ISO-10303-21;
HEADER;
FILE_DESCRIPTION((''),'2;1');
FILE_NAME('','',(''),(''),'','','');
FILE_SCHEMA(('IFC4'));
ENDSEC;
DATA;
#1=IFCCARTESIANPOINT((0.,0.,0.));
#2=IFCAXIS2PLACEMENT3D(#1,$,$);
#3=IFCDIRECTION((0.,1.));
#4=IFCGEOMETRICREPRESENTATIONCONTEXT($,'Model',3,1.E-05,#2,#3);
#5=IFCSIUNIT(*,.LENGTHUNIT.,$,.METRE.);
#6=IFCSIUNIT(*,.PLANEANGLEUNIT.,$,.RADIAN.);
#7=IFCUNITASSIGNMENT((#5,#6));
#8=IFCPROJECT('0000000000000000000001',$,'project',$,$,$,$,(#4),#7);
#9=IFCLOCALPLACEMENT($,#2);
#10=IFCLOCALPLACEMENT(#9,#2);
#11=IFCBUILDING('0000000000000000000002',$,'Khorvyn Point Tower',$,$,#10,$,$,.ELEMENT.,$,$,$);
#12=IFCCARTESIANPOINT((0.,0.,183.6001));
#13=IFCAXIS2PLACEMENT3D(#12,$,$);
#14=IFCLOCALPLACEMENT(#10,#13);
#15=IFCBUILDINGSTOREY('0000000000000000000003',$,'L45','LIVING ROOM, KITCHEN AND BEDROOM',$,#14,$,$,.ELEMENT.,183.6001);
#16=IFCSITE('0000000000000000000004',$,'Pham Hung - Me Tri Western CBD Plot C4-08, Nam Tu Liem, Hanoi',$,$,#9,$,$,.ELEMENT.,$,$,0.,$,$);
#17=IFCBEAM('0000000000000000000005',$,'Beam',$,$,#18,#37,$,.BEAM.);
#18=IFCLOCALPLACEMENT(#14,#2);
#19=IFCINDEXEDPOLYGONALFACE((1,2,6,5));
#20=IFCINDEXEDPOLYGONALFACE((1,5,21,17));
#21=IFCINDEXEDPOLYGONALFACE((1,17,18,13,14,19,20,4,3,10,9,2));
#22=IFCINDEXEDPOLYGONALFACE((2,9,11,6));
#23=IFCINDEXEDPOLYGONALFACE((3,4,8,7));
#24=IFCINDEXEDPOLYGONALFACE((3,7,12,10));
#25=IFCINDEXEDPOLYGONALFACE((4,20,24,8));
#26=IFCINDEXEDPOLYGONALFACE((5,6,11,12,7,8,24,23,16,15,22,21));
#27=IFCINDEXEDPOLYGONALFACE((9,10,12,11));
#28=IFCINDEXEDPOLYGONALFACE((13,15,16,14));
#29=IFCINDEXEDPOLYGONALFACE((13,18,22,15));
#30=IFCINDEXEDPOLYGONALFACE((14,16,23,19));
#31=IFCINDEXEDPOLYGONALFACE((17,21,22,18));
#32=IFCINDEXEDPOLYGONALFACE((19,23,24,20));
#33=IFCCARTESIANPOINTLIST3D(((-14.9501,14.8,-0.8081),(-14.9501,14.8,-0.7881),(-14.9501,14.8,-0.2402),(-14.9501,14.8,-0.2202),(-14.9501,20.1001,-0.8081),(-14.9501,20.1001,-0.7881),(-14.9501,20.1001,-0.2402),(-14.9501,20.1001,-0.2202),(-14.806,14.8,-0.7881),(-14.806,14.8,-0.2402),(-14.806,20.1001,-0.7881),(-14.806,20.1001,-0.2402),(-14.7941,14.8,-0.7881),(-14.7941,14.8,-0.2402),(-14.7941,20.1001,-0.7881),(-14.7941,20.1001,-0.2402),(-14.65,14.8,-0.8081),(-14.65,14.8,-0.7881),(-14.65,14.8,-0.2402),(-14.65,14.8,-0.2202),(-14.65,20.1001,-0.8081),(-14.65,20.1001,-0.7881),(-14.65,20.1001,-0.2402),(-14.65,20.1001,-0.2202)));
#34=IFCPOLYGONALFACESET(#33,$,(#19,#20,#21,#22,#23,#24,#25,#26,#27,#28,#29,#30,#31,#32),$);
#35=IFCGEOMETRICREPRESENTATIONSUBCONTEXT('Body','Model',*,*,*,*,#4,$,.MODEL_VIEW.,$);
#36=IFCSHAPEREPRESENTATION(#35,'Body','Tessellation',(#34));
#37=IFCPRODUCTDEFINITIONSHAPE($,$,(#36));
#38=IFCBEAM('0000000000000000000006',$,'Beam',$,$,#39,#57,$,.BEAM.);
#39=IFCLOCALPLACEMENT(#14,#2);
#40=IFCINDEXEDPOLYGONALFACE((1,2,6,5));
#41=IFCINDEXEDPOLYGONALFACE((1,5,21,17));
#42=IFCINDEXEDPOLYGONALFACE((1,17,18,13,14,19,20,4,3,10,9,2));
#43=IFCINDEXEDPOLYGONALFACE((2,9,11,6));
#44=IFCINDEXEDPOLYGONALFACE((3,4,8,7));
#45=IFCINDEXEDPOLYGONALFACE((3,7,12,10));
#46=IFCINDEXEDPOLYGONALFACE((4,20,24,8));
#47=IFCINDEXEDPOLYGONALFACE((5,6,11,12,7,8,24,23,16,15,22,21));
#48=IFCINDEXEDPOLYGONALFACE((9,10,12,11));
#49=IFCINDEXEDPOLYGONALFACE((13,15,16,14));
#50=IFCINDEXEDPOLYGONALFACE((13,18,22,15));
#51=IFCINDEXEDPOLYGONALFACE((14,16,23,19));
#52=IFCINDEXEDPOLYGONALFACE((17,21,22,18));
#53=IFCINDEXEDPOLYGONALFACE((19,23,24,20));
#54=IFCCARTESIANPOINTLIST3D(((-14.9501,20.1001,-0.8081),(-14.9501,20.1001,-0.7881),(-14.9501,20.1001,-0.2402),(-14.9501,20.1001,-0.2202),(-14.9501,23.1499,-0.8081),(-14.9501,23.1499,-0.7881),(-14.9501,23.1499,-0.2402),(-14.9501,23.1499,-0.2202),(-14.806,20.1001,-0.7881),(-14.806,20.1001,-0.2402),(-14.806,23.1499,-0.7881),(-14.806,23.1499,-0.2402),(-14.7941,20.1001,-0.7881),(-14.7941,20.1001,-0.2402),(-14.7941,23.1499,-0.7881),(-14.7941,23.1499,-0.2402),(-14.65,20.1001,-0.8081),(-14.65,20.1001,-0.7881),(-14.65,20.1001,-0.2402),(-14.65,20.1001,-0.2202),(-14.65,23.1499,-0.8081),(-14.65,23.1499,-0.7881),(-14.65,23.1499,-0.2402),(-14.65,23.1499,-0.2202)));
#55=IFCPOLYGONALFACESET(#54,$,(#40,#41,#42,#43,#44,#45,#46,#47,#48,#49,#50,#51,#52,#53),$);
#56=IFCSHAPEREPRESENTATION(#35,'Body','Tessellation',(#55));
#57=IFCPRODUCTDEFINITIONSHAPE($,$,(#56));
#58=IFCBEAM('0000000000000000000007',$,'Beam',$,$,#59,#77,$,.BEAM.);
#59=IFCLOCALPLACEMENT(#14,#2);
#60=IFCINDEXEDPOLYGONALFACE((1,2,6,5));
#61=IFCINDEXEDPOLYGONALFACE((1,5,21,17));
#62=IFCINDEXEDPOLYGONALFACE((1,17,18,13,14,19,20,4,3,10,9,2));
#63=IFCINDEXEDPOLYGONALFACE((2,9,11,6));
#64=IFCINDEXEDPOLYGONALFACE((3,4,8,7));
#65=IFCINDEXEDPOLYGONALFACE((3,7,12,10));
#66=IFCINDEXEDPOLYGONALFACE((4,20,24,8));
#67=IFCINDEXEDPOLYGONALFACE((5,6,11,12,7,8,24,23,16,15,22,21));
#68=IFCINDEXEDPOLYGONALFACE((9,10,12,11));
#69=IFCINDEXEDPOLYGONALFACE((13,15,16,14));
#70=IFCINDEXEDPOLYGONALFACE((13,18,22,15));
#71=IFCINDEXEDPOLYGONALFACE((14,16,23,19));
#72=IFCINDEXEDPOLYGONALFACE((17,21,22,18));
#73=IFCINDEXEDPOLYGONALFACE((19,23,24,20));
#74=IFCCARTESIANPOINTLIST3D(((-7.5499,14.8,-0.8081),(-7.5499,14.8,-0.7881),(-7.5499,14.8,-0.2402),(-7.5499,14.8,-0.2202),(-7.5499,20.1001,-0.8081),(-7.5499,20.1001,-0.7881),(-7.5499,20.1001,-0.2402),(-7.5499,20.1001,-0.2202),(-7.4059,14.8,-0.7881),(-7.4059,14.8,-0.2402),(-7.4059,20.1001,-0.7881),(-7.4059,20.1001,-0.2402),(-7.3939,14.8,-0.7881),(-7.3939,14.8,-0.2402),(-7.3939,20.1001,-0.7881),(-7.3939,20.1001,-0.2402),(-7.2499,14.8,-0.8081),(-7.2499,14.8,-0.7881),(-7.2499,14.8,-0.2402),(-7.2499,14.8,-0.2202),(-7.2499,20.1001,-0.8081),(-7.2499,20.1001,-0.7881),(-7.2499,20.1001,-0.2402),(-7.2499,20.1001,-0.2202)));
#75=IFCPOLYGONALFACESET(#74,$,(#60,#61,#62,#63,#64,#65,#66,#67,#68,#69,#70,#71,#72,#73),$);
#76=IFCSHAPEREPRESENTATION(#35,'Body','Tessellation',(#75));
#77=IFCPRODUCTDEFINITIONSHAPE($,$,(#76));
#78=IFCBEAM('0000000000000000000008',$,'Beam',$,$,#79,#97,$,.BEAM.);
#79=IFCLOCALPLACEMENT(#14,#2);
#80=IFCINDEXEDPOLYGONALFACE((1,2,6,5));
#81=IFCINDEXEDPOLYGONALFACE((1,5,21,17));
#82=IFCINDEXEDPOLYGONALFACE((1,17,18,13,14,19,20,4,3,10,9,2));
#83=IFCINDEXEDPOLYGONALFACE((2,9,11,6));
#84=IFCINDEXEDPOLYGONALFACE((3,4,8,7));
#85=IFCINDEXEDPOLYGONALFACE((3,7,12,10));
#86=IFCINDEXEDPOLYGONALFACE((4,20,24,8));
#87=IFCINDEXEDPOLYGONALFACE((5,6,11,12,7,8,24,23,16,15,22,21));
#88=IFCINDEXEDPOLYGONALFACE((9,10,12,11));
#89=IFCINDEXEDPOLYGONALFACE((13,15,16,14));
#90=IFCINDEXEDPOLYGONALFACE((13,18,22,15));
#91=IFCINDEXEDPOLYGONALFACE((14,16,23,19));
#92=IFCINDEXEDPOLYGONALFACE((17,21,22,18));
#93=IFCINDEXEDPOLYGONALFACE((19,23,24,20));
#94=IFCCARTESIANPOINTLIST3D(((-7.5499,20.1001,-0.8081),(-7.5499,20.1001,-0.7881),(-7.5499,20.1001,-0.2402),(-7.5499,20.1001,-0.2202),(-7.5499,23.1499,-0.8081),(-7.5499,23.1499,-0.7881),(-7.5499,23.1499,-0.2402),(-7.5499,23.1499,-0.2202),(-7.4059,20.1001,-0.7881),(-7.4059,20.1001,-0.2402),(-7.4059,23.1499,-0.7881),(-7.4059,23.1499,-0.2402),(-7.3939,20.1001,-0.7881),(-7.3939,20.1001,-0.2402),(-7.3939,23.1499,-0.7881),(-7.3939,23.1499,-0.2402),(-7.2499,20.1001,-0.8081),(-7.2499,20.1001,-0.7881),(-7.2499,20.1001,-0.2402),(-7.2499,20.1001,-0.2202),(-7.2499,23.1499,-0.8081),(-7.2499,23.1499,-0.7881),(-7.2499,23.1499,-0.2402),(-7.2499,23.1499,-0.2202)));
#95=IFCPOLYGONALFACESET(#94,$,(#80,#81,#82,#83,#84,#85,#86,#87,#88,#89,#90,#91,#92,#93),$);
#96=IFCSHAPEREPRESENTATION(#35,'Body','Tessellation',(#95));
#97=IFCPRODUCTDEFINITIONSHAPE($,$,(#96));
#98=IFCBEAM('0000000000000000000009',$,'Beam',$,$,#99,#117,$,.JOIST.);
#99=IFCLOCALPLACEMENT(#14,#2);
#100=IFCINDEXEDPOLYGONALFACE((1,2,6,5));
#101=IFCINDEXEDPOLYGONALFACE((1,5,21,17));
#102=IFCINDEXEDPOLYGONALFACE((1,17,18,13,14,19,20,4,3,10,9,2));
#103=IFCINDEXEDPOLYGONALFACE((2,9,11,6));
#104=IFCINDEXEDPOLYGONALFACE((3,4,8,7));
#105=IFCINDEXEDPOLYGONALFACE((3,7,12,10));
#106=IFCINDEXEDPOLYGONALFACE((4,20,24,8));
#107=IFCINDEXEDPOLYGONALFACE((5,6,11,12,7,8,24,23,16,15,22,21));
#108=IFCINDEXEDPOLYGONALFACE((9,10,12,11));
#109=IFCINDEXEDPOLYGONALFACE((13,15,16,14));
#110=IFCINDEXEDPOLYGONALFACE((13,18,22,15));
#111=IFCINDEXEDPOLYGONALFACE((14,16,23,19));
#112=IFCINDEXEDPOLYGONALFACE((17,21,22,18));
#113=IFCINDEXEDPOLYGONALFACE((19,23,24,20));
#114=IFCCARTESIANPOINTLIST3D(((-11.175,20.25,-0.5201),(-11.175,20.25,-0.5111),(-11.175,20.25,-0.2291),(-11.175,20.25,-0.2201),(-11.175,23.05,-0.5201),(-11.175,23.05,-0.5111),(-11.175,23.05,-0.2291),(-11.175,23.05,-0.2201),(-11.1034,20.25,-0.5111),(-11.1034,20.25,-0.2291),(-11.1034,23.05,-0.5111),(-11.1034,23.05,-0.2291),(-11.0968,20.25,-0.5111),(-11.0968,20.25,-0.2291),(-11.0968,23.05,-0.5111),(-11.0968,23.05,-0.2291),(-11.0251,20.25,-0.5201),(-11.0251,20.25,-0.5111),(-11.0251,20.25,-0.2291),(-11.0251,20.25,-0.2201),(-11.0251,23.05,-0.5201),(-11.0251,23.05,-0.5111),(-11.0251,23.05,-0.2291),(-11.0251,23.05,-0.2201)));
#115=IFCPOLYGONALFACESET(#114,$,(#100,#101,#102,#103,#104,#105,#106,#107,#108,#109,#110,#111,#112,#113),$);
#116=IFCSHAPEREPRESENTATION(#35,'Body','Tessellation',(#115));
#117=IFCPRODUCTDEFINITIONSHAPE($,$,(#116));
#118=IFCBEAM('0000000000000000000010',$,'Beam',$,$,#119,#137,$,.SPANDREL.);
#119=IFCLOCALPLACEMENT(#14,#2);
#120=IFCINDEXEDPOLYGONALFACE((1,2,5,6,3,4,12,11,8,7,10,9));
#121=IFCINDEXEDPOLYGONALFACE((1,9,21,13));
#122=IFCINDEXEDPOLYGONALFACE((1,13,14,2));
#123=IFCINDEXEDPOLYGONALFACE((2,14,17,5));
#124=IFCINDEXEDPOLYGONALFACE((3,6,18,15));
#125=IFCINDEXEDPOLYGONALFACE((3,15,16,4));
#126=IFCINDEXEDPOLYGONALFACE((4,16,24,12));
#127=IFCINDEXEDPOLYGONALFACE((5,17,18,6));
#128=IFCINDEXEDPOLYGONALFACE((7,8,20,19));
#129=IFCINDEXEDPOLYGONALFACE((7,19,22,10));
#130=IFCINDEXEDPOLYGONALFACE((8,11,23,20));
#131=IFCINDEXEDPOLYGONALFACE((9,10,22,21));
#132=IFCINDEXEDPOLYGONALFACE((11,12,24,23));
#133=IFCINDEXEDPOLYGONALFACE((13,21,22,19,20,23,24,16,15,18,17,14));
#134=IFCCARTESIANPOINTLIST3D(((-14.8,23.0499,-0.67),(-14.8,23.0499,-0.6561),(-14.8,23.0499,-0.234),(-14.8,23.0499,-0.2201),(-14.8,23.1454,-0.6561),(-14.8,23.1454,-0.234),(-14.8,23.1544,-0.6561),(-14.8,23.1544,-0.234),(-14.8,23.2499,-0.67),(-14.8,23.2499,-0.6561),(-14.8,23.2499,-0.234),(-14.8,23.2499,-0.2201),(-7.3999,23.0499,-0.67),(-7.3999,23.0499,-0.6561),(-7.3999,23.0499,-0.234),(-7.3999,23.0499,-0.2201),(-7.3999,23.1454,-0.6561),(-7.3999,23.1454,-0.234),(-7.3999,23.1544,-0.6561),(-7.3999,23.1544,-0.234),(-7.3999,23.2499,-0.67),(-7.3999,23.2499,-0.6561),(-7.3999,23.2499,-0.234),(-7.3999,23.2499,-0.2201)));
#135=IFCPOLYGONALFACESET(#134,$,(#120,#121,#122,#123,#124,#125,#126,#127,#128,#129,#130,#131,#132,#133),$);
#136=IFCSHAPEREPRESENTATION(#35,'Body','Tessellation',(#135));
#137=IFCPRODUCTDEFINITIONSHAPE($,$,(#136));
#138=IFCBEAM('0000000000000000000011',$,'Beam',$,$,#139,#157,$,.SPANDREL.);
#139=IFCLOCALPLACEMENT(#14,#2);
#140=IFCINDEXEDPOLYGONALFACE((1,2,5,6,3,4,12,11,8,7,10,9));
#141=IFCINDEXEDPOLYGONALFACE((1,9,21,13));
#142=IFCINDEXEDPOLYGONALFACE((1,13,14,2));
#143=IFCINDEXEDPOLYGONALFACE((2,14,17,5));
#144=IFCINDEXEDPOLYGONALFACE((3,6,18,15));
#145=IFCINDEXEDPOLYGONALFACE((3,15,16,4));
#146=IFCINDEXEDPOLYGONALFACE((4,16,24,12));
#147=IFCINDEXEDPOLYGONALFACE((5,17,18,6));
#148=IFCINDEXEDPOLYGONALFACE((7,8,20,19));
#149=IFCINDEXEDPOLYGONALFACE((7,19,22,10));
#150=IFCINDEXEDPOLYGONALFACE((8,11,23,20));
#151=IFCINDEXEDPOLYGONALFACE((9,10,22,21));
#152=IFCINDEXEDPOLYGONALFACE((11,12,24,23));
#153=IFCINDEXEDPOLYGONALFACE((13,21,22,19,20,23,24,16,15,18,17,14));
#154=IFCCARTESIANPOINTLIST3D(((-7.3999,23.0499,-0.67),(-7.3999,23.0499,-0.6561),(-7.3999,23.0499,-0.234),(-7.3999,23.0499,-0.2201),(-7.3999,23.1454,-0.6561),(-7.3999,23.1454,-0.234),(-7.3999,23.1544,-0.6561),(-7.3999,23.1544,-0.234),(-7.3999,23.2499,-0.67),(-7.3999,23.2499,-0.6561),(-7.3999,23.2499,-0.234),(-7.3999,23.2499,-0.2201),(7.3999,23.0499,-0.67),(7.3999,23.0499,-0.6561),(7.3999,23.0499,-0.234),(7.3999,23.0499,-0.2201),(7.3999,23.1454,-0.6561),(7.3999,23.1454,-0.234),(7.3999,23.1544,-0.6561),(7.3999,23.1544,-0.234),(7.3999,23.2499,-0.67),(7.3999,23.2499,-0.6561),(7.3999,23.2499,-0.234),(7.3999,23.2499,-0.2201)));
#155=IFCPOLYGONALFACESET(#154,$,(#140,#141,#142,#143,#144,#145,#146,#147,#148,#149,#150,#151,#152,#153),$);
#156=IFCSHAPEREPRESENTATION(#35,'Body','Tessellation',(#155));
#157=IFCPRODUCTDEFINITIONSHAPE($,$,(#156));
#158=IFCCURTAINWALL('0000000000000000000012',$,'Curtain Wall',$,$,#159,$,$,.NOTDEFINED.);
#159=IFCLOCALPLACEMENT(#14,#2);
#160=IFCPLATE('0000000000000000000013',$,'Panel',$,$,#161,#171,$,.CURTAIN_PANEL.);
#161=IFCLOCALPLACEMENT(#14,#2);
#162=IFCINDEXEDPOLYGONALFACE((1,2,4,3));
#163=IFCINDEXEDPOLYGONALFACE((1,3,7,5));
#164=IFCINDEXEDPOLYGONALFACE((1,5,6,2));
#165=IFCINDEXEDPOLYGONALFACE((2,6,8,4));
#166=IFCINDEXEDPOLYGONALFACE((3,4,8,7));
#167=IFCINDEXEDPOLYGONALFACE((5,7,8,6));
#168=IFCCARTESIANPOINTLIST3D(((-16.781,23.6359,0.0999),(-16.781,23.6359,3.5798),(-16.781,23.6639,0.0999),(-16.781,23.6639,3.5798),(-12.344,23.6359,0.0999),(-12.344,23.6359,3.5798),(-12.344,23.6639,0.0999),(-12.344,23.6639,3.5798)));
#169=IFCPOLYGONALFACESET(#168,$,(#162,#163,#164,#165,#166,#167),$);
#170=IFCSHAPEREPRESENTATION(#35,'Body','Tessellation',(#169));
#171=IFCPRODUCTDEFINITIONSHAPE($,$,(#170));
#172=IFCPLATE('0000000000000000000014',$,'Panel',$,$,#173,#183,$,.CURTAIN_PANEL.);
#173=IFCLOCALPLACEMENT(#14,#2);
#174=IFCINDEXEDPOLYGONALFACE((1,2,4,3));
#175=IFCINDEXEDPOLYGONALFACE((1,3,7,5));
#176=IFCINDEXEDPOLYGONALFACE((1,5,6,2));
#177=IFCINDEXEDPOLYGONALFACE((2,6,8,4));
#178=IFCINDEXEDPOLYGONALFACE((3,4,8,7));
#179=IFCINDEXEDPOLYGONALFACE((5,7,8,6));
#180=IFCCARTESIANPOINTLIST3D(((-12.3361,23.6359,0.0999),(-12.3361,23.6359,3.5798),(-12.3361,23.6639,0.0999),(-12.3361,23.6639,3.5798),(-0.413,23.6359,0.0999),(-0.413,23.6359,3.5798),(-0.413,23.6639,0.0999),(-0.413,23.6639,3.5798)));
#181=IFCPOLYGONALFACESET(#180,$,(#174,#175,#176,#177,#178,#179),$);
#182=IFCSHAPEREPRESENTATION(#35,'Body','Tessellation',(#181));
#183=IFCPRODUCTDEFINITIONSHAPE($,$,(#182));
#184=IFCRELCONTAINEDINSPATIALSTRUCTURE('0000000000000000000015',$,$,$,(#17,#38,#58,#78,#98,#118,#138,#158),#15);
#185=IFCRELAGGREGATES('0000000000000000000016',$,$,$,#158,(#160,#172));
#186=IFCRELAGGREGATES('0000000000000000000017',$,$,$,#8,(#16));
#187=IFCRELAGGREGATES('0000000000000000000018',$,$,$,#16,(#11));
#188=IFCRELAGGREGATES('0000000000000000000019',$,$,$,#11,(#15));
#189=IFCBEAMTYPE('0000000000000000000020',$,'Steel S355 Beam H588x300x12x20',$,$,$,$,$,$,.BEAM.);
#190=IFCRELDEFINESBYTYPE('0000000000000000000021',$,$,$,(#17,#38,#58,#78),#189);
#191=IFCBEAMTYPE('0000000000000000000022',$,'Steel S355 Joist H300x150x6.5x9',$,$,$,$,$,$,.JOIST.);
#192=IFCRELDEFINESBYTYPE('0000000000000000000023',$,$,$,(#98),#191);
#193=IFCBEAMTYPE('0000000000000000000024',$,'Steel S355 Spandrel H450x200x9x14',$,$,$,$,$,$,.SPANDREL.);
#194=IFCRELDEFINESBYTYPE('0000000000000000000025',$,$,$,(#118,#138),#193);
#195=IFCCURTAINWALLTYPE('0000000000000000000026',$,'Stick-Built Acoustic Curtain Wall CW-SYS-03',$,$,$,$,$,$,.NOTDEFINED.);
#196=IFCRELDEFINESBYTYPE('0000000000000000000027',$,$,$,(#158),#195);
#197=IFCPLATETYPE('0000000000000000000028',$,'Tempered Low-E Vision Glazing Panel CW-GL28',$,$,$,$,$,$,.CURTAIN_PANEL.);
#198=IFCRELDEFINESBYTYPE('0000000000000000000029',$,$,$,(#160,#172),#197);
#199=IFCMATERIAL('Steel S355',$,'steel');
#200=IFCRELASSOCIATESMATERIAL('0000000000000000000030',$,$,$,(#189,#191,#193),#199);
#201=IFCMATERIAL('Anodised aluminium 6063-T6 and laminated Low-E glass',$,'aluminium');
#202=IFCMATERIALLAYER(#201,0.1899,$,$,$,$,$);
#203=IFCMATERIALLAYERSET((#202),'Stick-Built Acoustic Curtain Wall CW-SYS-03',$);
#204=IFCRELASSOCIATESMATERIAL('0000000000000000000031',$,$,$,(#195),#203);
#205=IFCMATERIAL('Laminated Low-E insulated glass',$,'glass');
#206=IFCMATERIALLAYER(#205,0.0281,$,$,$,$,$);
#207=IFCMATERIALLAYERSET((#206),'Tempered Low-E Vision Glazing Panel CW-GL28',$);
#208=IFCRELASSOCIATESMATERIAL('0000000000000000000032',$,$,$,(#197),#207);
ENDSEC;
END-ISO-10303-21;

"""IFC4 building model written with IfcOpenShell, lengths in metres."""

from ifc_helpers import new_model, si_unit, direction, frame, origin, origin_2d, place, context, subcontext, project, spatial, rectangle, i_section, extrude, material, layer, layer_set, material_profile, profile_set, type_object, element, aggregate, save


model = new_model("IFC4")

# Units and contexts
model_context = context("Model", 3, precision=1e-05, world=origin(), true_north=direction((0.0, 1.0)))
body_context = subcontext(model_context, "Body", "Model", "MODEL_VIEW")
ifc_project = project(units=[si_unit("LENGTHUNIT", "METRE"), si_unit("PLANEANGLEUNIT", "RADIAN")], contexts=[model_context])

# Site, building, storey
site_placement = place(None, origin())
site = spatial("IfcSite", under=ifc_project, at=site_placement, Name="Pham Hung - Me Tri Western CBD Plot C4-08, Nam Tu Liem, Hanoi", CompositionType="ELEMENT", RefElevation=0.0)
building_placement = place(site_placement, origin())
building = spatial("IfcBuilding", under=site, at=building_placement, Name="Khorvyn Point Tower", CompositionType="ELEMENT")
storey_placement = place(building_placement, frame((0.0, 0.0, 183.6001)))
storey = spatial("IfcBuildingStorey", under=building, at=storey_placement, Name="L45", Description="LIVING ROOM, KITCHEN AND BEDROOM", CompositionType="ELEMENT", Elevation=183.6001)

# Beams
ifc_material_1 = material(Name="Steel S355", Category="steel")
ifc_material_profile_1 = material_profile(ifc_material_1, i_section(OverallWidth=0.3, OverallDepth=0.5879, WebThickness=0.012, FlangeThickness=0.02, at=origin_2d()))
ifc_profile_set_1 = profile_set([ifc_material_profile_1], Name="Steel S355 H588x300x12x20")
beam_type_1 = type_object("IfcBeamType", Name="Steel S355 Beam H588x300x12x20", PredefinedType="BEAM", material=ifc_profile_set_1)
beam_1_placement = place(storey_placement, frame((-14.8, 14.8, -0.5142), z_axis=(0.0, 1.0, 0.0), x_axis=(-1.0, 0.0, 0.0)))
element("IfcBeam", 1, at=beam_1_placement, inside=storey, type_object=beam_type_1, Name="Beam", PredefinedType="BEAM", context=body_context, shape_type="SweptSolid", body=[
    extrude(i_section(OverallWidth=0.3, OverallDepth=0.5879, WebThickness=0.012, FlangeThickness=0.02, at=origin_2d()), origin(), (0.0, 0.0, 1.0), 5.3),
])
beam_2_placement = place(storey_placement, frame((-14.8, 20.1001, -0.5142), z_axis=(0.0, 1.0, 0.0), x_axis=(-1.0, 0.0, 0.0)))
element("IfcBeam", 2, at=beam_2_placement, inside=storey, type_object=beam_type_1, Name="Beam", PredefinedType="BEAM", context=body_context, shape_type="SweptSolid", body=[
    extrude(i_section(OverallWidth=0.3, OverallDepth=0.5879, WebThickness=0.012, FlangeThickness=0.02, at=origin_2d()), origin(), (0.0, 0.0, 1.0), 3.0498),
])
beam_3_placement = place(storey_placement, frame((-7.3999, 14.8, -0.5142), z_axis=(0.0, 1.0, 0.0), x_axis=(-1.0, 0.0, 0.0)))
element("IfcBeam", 3, at=beam_3_placement, inside=storey, type_object=beam_type_1, Name="Beam", PredefinedType="BEAM", context=body_context, shape_type="SweptSolid", body=[
    extrude(i_section(OverallWidth=0.3, OverallDepth=0.5879, WebThickness=0.012, FlangeThickness=0.02, at=origin_2d()), origin(), (0.0, 0.0, 1.0), 5.3),
])
beam_4_placement = place(storey_placement, frame((-7.3999, 20.1001, -0.5142), z_axis=(0.0, 1.0, 0.0), x_axis=(-1.0, 0.0, 0.0)))
element("IfcBeam", 4, at=beam_4_placement, inside=storey, type_object=beam_type_1, Name="Beam", PredefinedType="BEAM", context=body_context, shape_type="SweptSolid", body=[
    extrude(i_section(OverallWidth=0.3, OverallDepth=0.5879, WebThickness=0.012, FlangeThickness=0.02, at=origin_2d()), origin(), (0.0, 0.0, 1.0), 3.0498),
])
ifc_material_profile_2 = material_profile(ifc_material_1, i_section(OverallWidth=0.1499, OverallDepth=0.3, WebThickness=0.0066, FlangeThickness=0.009, at=origin_2d()))
ifc_profile_set_2 = profile_set([ifc_material_profile_2], Name="Steel S355 H300x150x6.5x9")
beam_type_2 = type_object("IfcBeamType", Name="Steel S355 Joist H300x150x6.5x9", PredefinedType="JOIST", material=ifc_profile_set_2)
beam_5_placement = place(storey_placement, frame((-11.1001, 20.25, -0.3701), z_axis=(0.0, 1.0, 0.0), x_axis=(-1.0, 0.0, 0.0)))
element("IfcBeam", 5, at=beam_5_placement, inside=storey, type_object=beam_type_2, Name="Beam", PredefinedType="JOIST", context=body_context, shape_type="SweptSolid", body=[
    extrude(i_section(OverallWidth=0.1499, OverallDepth=0.3, WebThickness=0.0066, FlangeThickness=0.009, at=origin_2d()), origin(), (0.0, 0.0, 1.0), 2.8),
])
ifc_material_profile_3 = material_profile(ifc_material_1, i_section(OverallWidth=0.2, OverallDepth=0.45, WebThickness=0.009, FlangeThickness=0.0139, at=origin_2d()))
ifc_profile_set_3 = profile_set([ifc_material_profile_3], Name="Steel S355 H450x200x9x14")
beam_type_3 = type_object("IfcBeamType", Name="Steel S355 Spandrel H450x200x9x14", PredefinedType="SPANDREL", material=ifc_profile_set_3)
beam_6_placement = place(storey_placement, frame((-14.8, 23.1499, -0.4451), z_axis=(1.0, 0.0, 0.0), x_axis=(0.0, 1.0, 0.0)))
element("IfcBeam", 6, at=beam_6_placement, inside=storey, type_object=beam_type_3, Name="Beam", PredefinedType="SPANDREL", context=body_context, shape_type="SweptSolid", body=[
    extrude(i_section(OverallWidth=0.2, OverallDepth=0.45, WebThickness=0.009, FlangeThickness=0.0139, at=origin_2d()), origin(), (0.0, 0.0, 1.0), 7.4001),
])
beam_7_placement = place(storey_placement, frame((-7.3999, 23.1499, -0.4451), z_axis=(1.0, 0.0, 0.0), x_axis=(0.0, 1.0, 0.0)))
element("IfcBeam", 7, at=beam_7_placement, inside=storey, type_object=beam_type_3, Name="Beam", PredefinedType="SPANDREL", context=body_context, shape_type="SweptSolid", body=[
    extrude(i_section(OverallWidth=0.2, OverallDepth=0.45, WebThickness=0.009, FlangeThickness=0.0139, at=origin_2d()), origin(), (0.0, 0.0, 1.0), 14.7998),
])

# Curtain wall, plates
ifc_material_2 = material(Name="Anodised aluminium 6063-T6 and laminated Low-E glass", Category="aluminium")
ifc_layer_1 = layer(ifc_material_2, 0.1899)
ifc_layer_set_1 = layer_set([ifc_layer_1], Name="Stick-Built Acoustic Curtain Wall CW-SYS-03")
curtain_wall_type = type_object("IfcCurtainWallType", Name="Stick-Built Acoustic Curtain Wall CW-SYS-03", PredefinedType="NOTDEFINED", material=ifc_layer_set_1)
curtain_wall_placement = place(storey_placement, origin())
curtain_wall = element("IfcCurtainWall", 8, at=curtain_wall_placement, inside=storey, type_object=curtain_wall_type, Name="Curtain Wall", PredefinedType="NOTDEFINED")
ifc_material_3 = material(Name="Laminated Low-E insulated glass", Category="glass")
ifc_layer_2 = layer(ifc_material_3, 0.0281)
ifc_layer_set_2 = layer_set([ifc_layer_2], Name="Tempered Low-E Vision Glazing Panel CW-GL28")
plate_type = type_object("IfcPlateType", Name="Tempered Low-E Vision Glazing Panel CW-GL28", PredefinedType="CURTAIN_PANEL", material=ifc_layer_set_2)
plate_1_placement = place(storey_placement, frame((-14.5625, 23.6499, 0.0999), z_axis=(0.0, 0.0, 1.0), x_axis=(1.0, 0.0, 0.0)))
plate_1 = element("IfcPlate", 9, at=plate_1_placement, type_object=plate_type, Name="Panel", PredefinedType="CURTAIN_PANEL", context=body_context, shape_type="SweptSolid", body=[
    extrude(rectangle(XDim=4.437, YDim=0.0281, at=origin_2d()), origin(), (0.0, 0.0, 1.0), 3.48),
])
plate_2_placement = place(storey_placement, frame((-6.3745, 23.6499, 0.0999), z_axis=(0.0, 0.0, 1.0), x_axis=(1.0, 0.0, 0.0)))
plate_2 = element("IfcPlate", 10, at=plate_2_placement, type_object=plate_type, Name="Panel", PredefinedType="CURTAIN_PANEL", context=body_context, shape_type="SweptSolid", body=[
    extrude(rectangle(XDim=11.9231, YDim=0.0281, at=origin_2d()), origin(), (0.0, 0.0, 1.0), 3.48),
])
aggregate(curtain_wall, [plate_1, plate_2])

save(model, "model.ifc")
